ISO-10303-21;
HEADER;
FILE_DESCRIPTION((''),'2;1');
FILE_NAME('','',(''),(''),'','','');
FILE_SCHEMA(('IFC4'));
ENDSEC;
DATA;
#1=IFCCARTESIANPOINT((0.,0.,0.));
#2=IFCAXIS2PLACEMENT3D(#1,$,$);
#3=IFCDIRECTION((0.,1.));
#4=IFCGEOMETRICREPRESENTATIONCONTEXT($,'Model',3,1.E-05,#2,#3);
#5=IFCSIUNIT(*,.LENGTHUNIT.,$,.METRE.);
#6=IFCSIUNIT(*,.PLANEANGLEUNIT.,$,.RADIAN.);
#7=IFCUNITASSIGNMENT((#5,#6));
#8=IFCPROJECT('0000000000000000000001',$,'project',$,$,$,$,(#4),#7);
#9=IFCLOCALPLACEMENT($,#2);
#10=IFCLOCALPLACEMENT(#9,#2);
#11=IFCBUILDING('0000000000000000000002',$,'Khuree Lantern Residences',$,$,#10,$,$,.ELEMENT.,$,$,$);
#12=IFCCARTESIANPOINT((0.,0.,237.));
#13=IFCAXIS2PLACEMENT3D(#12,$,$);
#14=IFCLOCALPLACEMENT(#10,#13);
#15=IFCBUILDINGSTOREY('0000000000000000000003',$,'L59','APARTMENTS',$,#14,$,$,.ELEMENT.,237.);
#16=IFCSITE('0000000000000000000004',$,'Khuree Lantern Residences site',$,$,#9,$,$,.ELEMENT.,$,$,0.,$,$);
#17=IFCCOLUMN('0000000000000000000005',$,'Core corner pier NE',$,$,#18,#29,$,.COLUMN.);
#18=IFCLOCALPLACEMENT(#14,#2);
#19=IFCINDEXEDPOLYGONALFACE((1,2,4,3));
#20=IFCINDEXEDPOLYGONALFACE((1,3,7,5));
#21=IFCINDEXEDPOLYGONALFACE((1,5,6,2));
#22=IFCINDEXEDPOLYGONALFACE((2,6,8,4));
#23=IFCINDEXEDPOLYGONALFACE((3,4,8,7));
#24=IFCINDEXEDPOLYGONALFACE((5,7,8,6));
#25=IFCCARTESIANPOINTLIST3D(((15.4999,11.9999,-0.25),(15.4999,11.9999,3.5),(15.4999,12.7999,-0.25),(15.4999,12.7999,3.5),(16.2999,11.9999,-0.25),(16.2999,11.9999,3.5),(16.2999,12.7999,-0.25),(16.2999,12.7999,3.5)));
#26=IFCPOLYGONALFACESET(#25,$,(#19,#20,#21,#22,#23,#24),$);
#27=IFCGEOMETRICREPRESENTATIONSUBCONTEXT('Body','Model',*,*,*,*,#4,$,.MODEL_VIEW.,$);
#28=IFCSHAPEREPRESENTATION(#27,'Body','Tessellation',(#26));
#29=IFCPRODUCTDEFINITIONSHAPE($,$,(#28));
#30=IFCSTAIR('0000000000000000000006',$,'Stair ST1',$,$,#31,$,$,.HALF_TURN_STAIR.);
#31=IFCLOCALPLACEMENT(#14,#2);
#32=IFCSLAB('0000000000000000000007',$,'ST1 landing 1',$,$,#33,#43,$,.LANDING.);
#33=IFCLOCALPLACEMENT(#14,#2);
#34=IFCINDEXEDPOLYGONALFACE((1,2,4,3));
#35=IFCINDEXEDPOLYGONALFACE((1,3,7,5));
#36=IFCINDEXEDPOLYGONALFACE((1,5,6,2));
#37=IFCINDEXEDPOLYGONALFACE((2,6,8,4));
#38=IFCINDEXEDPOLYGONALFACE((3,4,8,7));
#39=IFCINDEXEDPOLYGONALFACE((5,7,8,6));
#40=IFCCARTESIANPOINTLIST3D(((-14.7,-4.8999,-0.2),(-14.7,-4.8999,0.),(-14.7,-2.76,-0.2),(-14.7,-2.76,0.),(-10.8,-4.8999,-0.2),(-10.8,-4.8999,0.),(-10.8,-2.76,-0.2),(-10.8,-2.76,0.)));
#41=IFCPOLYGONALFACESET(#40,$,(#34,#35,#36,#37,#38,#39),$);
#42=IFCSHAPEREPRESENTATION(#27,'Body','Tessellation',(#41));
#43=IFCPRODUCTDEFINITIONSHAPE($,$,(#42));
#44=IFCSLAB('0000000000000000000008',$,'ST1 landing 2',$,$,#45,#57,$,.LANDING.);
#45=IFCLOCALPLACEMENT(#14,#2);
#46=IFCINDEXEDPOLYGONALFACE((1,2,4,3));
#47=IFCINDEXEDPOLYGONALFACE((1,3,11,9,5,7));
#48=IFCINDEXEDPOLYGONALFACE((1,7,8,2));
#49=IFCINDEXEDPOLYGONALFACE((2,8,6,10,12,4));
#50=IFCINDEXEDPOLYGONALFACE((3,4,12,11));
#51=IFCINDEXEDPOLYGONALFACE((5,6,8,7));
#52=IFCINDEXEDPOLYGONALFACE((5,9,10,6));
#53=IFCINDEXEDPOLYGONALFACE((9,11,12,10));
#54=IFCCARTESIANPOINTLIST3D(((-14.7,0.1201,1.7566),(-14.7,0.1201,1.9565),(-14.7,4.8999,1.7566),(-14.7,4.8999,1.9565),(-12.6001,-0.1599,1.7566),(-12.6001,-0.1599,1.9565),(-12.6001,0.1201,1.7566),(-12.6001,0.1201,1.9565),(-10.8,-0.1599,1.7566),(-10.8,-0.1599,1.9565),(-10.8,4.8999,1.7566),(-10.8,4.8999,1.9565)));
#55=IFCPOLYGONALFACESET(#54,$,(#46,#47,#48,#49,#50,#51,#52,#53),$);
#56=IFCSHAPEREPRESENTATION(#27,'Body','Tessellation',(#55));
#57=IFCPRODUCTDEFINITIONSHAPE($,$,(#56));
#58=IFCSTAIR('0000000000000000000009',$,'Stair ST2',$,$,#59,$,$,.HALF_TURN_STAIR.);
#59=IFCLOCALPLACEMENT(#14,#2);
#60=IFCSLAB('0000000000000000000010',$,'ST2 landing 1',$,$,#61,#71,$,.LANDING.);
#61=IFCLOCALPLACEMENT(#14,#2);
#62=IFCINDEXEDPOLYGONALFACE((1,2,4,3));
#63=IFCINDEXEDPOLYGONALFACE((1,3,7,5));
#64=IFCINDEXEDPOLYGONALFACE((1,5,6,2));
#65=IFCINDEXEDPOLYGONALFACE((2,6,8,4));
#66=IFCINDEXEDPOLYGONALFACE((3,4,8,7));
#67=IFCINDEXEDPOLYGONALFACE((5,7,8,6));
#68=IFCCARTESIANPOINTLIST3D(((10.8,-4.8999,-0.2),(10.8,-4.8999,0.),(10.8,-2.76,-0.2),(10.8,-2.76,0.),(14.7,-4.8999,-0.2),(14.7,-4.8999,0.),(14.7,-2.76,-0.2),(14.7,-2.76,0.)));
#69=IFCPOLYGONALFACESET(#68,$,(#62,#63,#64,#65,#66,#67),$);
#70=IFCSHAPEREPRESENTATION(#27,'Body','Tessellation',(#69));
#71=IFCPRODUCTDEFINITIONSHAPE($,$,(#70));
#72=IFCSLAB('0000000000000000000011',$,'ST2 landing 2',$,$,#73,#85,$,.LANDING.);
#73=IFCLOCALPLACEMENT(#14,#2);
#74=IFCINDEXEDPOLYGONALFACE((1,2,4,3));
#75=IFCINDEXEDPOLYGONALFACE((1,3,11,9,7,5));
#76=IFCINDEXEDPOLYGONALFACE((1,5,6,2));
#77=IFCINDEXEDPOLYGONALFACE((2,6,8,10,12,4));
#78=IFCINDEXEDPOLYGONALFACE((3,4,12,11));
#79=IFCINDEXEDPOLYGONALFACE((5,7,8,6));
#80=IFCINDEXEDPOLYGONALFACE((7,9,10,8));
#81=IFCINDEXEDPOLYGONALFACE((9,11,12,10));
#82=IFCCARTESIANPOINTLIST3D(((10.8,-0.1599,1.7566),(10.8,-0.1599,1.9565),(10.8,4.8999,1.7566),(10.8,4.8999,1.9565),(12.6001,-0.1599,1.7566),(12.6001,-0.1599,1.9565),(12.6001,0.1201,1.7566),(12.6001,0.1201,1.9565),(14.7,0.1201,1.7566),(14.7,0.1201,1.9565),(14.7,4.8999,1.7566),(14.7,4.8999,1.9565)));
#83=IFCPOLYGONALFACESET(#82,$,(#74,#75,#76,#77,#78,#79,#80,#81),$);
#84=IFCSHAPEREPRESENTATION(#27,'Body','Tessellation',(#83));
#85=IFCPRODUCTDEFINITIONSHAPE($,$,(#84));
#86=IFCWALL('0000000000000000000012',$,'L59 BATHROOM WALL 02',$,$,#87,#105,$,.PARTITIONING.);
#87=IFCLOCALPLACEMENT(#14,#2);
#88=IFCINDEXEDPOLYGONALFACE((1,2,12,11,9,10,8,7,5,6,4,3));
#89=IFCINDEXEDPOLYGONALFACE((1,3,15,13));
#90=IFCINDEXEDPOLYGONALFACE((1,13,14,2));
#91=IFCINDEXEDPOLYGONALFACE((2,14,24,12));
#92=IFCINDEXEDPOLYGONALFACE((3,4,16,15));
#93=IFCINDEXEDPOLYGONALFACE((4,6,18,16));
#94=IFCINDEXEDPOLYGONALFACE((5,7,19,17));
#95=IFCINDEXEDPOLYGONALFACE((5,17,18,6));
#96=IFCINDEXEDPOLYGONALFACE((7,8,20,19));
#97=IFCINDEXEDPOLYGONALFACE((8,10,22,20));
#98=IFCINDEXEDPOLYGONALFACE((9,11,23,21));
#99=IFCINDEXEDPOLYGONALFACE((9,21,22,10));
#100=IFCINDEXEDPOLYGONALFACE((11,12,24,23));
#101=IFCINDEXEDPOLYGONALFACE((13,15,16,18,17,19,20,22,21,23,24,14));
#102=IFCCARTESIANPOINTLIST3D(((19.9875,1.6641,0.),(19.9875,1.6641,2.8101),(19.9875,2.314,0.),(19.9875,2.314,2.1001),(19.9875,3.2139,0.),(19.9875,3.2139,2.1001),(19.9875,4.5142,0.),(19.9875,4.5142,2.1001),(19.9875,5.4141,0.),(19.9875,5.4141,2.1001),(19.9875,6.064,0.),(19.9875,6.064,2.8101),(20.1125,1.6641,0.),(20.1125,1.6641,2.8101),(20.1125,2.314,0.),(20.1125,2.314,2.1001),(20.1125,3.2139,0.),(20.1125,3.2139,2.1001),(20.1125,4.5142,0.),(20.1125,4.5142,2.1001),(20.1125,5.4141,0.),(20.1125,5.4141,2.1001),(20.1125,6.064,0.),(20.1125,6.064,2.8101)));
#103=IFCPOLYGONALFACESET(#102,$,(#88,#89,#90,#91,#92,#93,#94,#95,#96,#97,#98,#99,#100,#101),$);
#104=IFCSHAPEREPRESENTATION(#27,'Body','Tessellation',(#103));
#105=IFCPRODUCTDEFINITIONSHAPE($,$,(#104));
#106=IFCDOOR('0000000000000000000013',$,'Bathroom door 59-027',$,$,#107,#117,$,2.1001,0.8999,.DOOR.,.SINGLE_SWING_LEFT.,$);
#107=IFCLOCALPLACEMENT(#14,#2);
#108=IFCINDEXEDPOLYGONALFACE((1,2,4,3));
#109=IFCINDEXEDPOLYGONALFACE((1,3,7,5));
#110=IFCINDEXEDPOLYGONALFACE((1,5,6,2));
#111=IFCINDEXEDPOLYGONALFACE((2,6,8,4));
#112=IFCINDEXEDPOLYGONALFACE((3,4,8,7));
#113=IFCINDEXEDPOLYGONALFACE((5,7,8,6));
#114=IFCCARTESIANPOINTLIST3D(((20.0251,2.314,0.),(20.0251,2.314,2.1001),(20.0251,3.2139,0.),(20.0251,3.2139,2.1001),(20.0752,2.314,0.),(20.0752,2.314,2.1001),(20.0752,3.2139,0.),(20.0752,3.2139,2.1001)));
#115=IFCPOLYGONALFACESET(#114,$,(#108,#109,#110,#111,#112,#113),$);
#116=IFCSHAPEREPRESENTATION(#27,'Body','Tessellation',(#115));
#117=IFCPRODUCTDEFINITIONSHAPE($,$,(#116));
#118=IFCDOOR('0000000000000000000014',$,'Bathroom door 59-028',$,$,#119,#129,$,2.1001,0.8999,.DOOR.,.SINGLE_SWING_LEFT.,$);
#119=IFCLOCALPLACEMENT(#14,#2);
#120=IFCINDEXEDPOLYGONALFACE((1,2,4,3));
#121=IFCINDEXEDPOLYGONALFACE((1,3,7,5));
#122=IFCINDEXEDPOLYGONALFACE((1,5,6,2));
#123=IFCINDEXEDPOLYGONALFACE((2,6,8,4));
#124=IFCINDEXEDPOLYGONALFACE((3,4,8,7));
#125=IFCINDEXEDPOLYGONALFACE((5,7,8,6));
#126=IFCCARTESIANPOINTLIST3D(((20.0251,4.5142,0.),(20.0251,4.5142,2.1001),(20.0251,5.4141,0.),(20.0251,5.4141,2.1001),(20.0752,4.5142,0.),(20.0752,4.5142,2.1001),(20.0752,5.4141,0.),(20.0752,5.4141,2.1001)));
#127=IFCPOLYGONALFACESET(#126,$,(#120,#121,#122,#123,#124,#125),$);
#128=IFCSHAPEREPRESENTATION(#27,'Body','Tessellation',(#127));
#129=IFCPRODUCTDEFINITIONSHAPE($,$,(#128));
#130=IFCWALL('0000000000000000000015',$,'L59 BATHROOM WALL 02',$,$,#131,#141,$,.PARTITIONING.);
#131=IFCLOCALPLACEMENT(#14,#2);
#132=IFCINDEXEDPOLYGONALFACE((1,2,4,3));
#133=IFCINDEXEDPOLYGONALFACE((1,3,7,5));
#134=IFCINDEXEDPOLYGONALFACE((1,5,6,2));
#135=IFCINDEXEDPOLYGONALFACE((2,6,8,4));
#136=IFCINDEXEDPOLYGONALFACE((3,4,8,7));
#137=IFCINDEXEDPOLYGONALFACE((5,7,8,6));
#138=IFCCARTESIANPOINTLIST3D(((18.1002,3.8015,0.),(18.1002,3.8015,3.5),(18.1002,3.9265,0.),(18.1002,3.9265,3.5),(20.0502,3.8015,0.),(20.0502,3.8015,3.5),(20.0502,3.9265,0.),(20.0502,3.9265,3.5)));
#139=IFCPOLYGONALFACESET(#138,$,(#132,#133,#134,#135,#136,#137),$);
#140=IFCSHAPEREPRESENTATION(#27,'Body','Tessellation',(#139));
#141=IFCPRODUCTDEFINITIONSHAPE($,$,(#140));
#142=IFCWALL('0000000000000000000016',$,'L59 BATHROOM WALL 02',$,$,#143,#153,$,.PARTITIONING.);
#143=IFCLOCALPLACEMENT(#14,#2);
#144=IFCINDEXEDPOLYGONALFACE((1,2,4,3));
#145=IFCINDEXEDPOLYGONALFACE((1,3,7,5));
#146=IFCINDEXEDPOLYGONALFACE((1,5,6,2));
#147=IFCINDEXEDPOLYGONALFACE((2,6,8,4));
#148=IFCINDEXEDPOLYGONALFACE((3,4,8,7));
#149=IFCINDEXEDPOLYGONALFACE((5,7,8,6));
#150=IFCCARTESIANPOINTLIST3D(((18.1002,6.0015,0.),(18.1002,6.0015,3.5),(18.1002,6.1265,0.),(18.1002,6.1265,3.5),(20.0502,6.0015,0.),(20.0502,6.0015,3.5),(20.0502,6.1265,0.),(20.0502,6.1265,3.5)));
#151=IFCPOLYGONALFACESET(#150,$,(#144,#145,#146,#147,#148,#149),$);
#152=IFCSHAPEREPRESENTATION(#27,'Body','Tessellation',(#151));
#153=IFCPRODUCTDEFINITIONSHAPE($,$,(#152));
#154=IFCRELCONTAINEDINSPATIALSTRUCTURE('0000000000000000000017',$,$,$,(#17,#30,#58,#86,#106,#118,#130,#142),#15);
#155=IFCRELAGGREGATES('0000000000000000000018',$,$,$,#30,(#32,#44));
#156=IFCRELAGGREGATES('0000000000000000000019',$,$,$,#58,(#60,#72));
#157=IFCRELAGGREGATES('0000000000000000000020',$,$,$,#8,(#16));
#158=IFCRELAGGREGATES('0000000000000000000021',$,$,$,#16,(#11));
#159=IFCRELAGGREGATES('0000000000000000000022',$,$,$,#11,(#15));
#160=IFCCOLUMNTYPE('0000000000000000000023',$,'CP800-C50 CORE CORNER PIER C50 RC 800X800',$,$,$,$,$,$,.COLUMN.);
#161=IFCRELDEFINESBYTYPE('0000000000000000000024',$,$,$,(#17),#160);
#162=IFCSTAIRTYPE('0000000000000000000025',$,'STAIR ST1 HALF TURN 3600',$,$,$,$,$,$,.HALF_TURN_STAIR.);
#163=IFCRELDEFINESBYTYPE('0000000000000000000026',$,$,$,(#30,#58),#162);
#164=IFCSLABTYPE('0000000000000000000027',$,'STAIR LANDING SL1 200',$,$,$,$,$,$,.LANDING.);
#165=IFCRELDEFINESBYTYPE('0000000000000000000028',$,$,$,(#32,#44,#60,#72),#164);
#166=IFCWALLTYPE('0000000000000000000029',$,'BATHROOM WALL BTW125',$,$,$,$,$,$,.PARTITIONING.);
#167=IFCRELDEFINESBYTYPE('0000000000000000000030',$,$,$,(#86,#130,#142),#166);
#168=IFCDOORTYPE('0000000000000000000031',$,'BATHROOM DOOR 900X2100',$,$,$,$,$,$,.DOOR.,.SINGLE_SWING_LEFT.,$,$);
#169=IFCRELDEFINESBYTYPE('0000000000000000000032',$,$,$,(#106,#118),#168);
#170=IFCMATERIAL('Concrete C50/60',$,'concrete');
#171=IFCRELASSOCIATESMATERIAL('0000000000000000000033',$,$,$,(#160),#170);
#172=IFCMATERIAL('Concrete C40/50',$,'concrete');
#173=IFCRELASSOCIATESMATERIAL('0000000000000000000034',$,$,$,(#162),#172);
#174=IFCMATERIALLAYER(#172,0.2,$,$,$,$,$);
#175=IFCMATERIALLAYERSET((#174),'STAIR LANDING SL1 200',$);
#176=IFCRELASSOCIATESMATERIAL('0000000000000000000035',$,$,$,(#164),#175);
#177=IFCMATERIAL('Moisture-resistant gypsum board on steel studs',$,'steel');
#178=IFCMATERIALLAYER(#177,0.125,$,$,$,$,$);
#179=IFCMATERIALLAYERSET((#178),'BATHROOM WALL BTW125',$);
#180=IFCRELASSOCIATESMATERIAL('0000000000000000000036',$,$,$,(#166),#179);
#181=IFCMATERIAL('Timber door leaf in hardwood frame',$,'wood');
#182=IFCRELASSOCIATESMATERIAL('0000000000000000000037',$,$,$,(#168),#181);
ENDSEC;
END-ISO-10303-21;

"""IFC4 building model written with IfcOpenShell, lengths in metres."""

from ifc_helpers import new_model, si_unit, direction, frame, frame_2d, origin, origin_2d, place, context, subcontext, project, spatial, polyline, rectangle, outline, extrude, material, layer, layer_set, material_profile, profile_set, type_object, element, fill, aggregate, save


model = new_model("IFC4")

# Units and contexts
model_context = context("Model", 3, precision=1e-05, world=origin(), true_north=direction((0.0, 1.0)))
body_context = subcontext(model_context, "Body", "Model", "MODEL_VIEW")
ifc_project = project(units=[si_unit("LENGTHUNIT", "METRE"), si_unit("PLANEANGLEUNIT", "RADIAN")], contexts=[model_context])

# Site, building, storey
site_placement = place(None, origin())
site = spatial("IfcSite", under=ifc_project, at=site_placement, Name="Khuree Lantern Residences site", CompositionType="ELEMENT", RefElevation=0.0)
building_placement = place(site_placement, origin())
building = spatial("IfcBuilding", under=site, at=building_placement, Name="Khuree Lantern Residences", CompositionType="ELEMENT")
storey_placement = place(building_placement, frame((0.0, 0.0, 237.0)))
storey = spatial("IfcBuildingStorey", under=building, at=storey_placement, Name="L59", Description="APARTMENTS", CompositionType="ELEMENT", Elevation=237.0)

# Column
ifc_material_1 = material(Name="Concrete C50/60", Category="concrete")
ifc_material_profile = material_profile(ifc_material_1, rectangle(XDim=0.8, YDim=0.8, at=origin_2d()), Name="RC 800X800")
ifc_profile_set = profile_set([ifc_material_profile], Name="Concrete C50/60")
column_type = type_object("IfcColumnType", Name="CP800-C50 CORE CORNER PIER C50 RC 800X800", PredefinedType="COLUMN", material=ifc_profile_set)
column_placement = place(storey_placement, frame((15.8999, 12.3999, -0.25), z_axis=(0.0, 0.0, 1.0), x_axis=(1.0, 0.0, 0.0)))
element("IfcColumn", 1, at=column_placement, inside=storey, type_object=column_type, Name="Core corner pier NE", PredefinedType="COLUMN", context=body_context, shape_type="SweptSolid", body=[
    extrude(rectangle(XDim=0.8, YDim=0.8, at=origin_2d()), origin(), (0.0, 0.0, 1.0), 3.75),
])

# Stairs, slabs
ifc_material_2 = material(Name="Concrete C40/50", Category="concrete")
stair_type = type_object("IfcStairType", Name="STAIR ST1 HALF TURN 3600", PredefinedType="HALF_TURN_STAIR", material=ifc_material_2)
stair_1_placement = place(storey_placement, origin())
stair_1 = element("IfcStair", 2, at=stair_1_placement, inside=storey, type_object=stair_type, Name="Stair ST1", PredefinedType="HALF_TURN_STAIR")
ifc_layer_1 = layer(ifc_material_2, 0.2)
ifc_layer_set_1 = layer_set([ifc_layer_1], Name="STAIR LANDING SL1 200")
slab_type = type_object("IfcSlabType", Name="STAIR LANDING SL1 200", PredefinedType="LANDING", material=ifc_layer_set_1)
slab_1_placement = place(storey_placement, frame((0.0, 0.0, -0.2)))
slab_1 = element("IfcSlab", 3, at=slab_1_placement, type_object=slab_type, Name="ST1 landing 1", PredefinedType="LANDING", context=body_context, shape_type="SweptSolid", body=[
    extrude(outline(polyline([(-14.7, -4.8999), (-10.8, -4.8999), (-10.8, -2.76), (-14.7, -2.76), (-14.7, -4.8999)])), origin(), (0.0, 0.0, 1.0), 0.2),
])
slab_2_placement = place(storey_placement, frame((0.0, 0.0, 1.7566)))
slab_2 = element("IfcSlab", 4, at=slab_2_placement, type_object=slab_type, Name="ST1 landing 2", PredefinedType="LANDING", context=body_context, shape_type="SweptSolid", body=[
    extrude(outline(polyline([(-14.7, 0.1201), (-14.7, 4.8999), (-10.8, 4.8999), (-10.8, -0.1599), (-12.6001, -0.1599), (-12.6001, 0.1201), (-14.7, 0.1201)])), origin(), (0.0, 0.0, 1.0), 0.2),
])
aggregate(stair_1, [slab_1, slab_2])
stair_2_placement = place(storey_placement, origin())
stair_2 = element("IfcStair", 5, at=stair_2_placement, inside=storey, type_object=stair_type, Name="Stair ST2", PredefinedType="HALF_TURN_STAIR")
slab_3_placement = place(storey_placement, frame((0.0, 0.0, -0.2)))
slab_3 = element("IfcSlab", 6, at=slab_3_placement, type_object=slab_type, Name="ST2 landing 1", PredefinedType="LANDING", context=body_context, shape_type="SweptSolid", body=[
    extrude(outline(polyline([(10.8, -4.8999), (14.7, -4.8999), (14.7, -2.76), (10.8, -2.76), (10.8, -4.8999)])), origin(), (0.0, 0.0, 1.0), 0.2),
])
slab_4_placement = place(storey_placement, frame((0.0, 0.0, 1.7566)))
slab_4 = element("IfcSlab", 7, at=slab_4_placement, type_object=slab_type, Name="ST2 landing 2", PredefinedType="LANDING", context=body_context, shape_type="SweptSolid", body=[
    extrude(outline(polyline([(14.7, 4.8999), (14.7, 0.1201), (12.6001, 0.1201), (12.6001, -0.1599), (10.8, -0.1599), (10.8, 4.8999), (14.7, 4.8999)])), origin(), (0.0, 0.0, 1.0), 0.2),
])

# Wall, openings, doors
ifc_material_3 = material(Name="Moisture-resistant gypsum board on steel studs", Category="steel")
ifc_layer_2 = layer(ifc_material_3, 0.125)
ifc_layer_set_2 = layer_set([ifc_layer_2], Name="BATHROOM WALL BTW125")
wall_type_1 = type_object("IfcWallType", Name="BATHROOM WALL BTW125", PredefinedType="PARTITIONING", material=ifc_layer_set_2)
wall_1_placement = place(storey_placement, frame((20.05, 1.6641, 0.0), z_axis=(0.0, 0.0, 1.0), x_axis=(0.0, 1.0, 0.0)))
wall_1 = element("IfcWall", 8, at=wall_1_placement, inside=storey, type_object=wall_type_1, Name="L59 BATHROOM WALL 02", PredefinedType="PARTITIONING", context=body_context, shape_type="SweptSolid", body=[
    extrude(rectangle(XDim=4.3999, YDim=0.125, at=frame_2d((2.2, 0.0))), origin(), (0.0, 0.0, 1.0), 2.8101),
])
opening_1_placement = place(wall_1_placement, frame((0.6499, 0.0, 0.0)))
opening_1 = element("IfcOpeningElement", 9, at=opening_1_placement, cuts=wall_1, PredefinedType="OPENING", context=body_context, shape_type="SweptSolid", body=[
    extrude(rectangle(XDim=0.8999, YDim=2.1001, at=frame_2d((0.45, 1.05))), frame((0.0, 0.0725, 0.0), z_axis=(0.0, -1.0, 0.0), x_axis=(1.0, 0.0, 0.0)), (0.0, 0.0, 1.0), 0.145),
])
opening_2_placement = place(wall_1_placement, frame((2.8501, 0.0, 0.0)))
opening_2 = element("IfcOpeningElement", 10, at=opening_2_placement, cuts=wall_1, PredefinedType="OPENING", context=body_context, shape_type="SweptSolid", body=[
    extrude(rectangle(XDim=0.8999, YDim=2.1001, at=frame_2d((0.45, 1.05))), frame((0.0, 0.0725, 0.0), z_axis=(0.0, -1.0, 0.0), x_axis=(1.0, 0.0, 0.0)), (0.0, 0.0, 1.0), 0.145),
])
ifc_material_4 = material(Name="Timber door leaf in hardwood frame", Category="wood")
door_type_1 = type_object("IfcDoorType", Name="BATHROOM DOOR 900X2100", OperationType="SINGLE_SWING_LEFT", PredefinedType="DOOR", material=ifc_material_4)
door_1_placement = place(opening_1_placement, origin())
door_1 = element("IfcDoor", 11, at=door_1_placement, inside=storey, type_object=door_type_1, Name="Bathroom door 59-027", OperationType="SINGLE_SWING_LEFT", OverallHeight=2.1001, OverallWidth=0.8999, PredefinedType="DOOR", context=body_context, shape_type="SweptSolid", body=[
    extrude(rectangle(XDim=0.8999, YDim=2.1001, at=frame_2d((0.45, 1.05))), frame((0.0, 0.0249, 0.0), z_axis=(0.0, -1.0, 0.0), x_axis=(1.0, 0.0, 0.0)), (0.0, 0.0, 1.0), 0.05),
])
fill(opening_1, door_1)
door_2_placement = place(opening_2_placement, origin())
door_2 = element("IfcDoor", 12, at=door_2_placement, inside=storey, type_object=door_type_1, Name="Bathroom door 59-028", OperationType="SINGLE_SWING_LEFT", OverallHeight=2.1001, OverallWidth=0.8999, PredefinedType="DOOR", context=body_context, shape_type="SweptSolid", body=[
    extrude(rectangle(XDim=0.8999, YDim=2.1001, at=frame_2d((0.45, 1.05))), frame((0.0, 0.0249, 0.0), z_axis=(0.0, -1.0, 0.0), x_axis=(1.0, 0.0, 0.0)), (0.0, 0.0, 1.0), 0.05),
])
fill(opening_2, door_2)

# Walls
for number, where, z_axis, x_axis, name in (
    (13, (18.1001, 3.864, 0.0), (0.0, 0.0, 1.0), (1.0, 0.0, 0.0), "L59 BATHROOM WALL 02"),
    (14, (18.1001, 6.064, 0.0), (0.0, 0.0, 1.0), (1.0, 0.0, 0.0), "L59 BATHROOM WALL 02"),
):
    element("IfcWall", number, at=place(storey_placement, frame(where, z_axis=z_axis, x_axis=x_axis)), inside=storey, type_object=wall_type_1, Name=name, PredefinedType="PARTITIONING", context=body_context, shape_type="SweptSolid", body=[
        extrude(rectangle(XDim=1.95, YDim=0.125, at=frame_2d((0.9751, 0.0))), origin(), (0.0, 0.0, 1.0), 3.5),
    ])

aggregate(stair_2, [slab_3, slab_4])

save(model, "model.ifc")
